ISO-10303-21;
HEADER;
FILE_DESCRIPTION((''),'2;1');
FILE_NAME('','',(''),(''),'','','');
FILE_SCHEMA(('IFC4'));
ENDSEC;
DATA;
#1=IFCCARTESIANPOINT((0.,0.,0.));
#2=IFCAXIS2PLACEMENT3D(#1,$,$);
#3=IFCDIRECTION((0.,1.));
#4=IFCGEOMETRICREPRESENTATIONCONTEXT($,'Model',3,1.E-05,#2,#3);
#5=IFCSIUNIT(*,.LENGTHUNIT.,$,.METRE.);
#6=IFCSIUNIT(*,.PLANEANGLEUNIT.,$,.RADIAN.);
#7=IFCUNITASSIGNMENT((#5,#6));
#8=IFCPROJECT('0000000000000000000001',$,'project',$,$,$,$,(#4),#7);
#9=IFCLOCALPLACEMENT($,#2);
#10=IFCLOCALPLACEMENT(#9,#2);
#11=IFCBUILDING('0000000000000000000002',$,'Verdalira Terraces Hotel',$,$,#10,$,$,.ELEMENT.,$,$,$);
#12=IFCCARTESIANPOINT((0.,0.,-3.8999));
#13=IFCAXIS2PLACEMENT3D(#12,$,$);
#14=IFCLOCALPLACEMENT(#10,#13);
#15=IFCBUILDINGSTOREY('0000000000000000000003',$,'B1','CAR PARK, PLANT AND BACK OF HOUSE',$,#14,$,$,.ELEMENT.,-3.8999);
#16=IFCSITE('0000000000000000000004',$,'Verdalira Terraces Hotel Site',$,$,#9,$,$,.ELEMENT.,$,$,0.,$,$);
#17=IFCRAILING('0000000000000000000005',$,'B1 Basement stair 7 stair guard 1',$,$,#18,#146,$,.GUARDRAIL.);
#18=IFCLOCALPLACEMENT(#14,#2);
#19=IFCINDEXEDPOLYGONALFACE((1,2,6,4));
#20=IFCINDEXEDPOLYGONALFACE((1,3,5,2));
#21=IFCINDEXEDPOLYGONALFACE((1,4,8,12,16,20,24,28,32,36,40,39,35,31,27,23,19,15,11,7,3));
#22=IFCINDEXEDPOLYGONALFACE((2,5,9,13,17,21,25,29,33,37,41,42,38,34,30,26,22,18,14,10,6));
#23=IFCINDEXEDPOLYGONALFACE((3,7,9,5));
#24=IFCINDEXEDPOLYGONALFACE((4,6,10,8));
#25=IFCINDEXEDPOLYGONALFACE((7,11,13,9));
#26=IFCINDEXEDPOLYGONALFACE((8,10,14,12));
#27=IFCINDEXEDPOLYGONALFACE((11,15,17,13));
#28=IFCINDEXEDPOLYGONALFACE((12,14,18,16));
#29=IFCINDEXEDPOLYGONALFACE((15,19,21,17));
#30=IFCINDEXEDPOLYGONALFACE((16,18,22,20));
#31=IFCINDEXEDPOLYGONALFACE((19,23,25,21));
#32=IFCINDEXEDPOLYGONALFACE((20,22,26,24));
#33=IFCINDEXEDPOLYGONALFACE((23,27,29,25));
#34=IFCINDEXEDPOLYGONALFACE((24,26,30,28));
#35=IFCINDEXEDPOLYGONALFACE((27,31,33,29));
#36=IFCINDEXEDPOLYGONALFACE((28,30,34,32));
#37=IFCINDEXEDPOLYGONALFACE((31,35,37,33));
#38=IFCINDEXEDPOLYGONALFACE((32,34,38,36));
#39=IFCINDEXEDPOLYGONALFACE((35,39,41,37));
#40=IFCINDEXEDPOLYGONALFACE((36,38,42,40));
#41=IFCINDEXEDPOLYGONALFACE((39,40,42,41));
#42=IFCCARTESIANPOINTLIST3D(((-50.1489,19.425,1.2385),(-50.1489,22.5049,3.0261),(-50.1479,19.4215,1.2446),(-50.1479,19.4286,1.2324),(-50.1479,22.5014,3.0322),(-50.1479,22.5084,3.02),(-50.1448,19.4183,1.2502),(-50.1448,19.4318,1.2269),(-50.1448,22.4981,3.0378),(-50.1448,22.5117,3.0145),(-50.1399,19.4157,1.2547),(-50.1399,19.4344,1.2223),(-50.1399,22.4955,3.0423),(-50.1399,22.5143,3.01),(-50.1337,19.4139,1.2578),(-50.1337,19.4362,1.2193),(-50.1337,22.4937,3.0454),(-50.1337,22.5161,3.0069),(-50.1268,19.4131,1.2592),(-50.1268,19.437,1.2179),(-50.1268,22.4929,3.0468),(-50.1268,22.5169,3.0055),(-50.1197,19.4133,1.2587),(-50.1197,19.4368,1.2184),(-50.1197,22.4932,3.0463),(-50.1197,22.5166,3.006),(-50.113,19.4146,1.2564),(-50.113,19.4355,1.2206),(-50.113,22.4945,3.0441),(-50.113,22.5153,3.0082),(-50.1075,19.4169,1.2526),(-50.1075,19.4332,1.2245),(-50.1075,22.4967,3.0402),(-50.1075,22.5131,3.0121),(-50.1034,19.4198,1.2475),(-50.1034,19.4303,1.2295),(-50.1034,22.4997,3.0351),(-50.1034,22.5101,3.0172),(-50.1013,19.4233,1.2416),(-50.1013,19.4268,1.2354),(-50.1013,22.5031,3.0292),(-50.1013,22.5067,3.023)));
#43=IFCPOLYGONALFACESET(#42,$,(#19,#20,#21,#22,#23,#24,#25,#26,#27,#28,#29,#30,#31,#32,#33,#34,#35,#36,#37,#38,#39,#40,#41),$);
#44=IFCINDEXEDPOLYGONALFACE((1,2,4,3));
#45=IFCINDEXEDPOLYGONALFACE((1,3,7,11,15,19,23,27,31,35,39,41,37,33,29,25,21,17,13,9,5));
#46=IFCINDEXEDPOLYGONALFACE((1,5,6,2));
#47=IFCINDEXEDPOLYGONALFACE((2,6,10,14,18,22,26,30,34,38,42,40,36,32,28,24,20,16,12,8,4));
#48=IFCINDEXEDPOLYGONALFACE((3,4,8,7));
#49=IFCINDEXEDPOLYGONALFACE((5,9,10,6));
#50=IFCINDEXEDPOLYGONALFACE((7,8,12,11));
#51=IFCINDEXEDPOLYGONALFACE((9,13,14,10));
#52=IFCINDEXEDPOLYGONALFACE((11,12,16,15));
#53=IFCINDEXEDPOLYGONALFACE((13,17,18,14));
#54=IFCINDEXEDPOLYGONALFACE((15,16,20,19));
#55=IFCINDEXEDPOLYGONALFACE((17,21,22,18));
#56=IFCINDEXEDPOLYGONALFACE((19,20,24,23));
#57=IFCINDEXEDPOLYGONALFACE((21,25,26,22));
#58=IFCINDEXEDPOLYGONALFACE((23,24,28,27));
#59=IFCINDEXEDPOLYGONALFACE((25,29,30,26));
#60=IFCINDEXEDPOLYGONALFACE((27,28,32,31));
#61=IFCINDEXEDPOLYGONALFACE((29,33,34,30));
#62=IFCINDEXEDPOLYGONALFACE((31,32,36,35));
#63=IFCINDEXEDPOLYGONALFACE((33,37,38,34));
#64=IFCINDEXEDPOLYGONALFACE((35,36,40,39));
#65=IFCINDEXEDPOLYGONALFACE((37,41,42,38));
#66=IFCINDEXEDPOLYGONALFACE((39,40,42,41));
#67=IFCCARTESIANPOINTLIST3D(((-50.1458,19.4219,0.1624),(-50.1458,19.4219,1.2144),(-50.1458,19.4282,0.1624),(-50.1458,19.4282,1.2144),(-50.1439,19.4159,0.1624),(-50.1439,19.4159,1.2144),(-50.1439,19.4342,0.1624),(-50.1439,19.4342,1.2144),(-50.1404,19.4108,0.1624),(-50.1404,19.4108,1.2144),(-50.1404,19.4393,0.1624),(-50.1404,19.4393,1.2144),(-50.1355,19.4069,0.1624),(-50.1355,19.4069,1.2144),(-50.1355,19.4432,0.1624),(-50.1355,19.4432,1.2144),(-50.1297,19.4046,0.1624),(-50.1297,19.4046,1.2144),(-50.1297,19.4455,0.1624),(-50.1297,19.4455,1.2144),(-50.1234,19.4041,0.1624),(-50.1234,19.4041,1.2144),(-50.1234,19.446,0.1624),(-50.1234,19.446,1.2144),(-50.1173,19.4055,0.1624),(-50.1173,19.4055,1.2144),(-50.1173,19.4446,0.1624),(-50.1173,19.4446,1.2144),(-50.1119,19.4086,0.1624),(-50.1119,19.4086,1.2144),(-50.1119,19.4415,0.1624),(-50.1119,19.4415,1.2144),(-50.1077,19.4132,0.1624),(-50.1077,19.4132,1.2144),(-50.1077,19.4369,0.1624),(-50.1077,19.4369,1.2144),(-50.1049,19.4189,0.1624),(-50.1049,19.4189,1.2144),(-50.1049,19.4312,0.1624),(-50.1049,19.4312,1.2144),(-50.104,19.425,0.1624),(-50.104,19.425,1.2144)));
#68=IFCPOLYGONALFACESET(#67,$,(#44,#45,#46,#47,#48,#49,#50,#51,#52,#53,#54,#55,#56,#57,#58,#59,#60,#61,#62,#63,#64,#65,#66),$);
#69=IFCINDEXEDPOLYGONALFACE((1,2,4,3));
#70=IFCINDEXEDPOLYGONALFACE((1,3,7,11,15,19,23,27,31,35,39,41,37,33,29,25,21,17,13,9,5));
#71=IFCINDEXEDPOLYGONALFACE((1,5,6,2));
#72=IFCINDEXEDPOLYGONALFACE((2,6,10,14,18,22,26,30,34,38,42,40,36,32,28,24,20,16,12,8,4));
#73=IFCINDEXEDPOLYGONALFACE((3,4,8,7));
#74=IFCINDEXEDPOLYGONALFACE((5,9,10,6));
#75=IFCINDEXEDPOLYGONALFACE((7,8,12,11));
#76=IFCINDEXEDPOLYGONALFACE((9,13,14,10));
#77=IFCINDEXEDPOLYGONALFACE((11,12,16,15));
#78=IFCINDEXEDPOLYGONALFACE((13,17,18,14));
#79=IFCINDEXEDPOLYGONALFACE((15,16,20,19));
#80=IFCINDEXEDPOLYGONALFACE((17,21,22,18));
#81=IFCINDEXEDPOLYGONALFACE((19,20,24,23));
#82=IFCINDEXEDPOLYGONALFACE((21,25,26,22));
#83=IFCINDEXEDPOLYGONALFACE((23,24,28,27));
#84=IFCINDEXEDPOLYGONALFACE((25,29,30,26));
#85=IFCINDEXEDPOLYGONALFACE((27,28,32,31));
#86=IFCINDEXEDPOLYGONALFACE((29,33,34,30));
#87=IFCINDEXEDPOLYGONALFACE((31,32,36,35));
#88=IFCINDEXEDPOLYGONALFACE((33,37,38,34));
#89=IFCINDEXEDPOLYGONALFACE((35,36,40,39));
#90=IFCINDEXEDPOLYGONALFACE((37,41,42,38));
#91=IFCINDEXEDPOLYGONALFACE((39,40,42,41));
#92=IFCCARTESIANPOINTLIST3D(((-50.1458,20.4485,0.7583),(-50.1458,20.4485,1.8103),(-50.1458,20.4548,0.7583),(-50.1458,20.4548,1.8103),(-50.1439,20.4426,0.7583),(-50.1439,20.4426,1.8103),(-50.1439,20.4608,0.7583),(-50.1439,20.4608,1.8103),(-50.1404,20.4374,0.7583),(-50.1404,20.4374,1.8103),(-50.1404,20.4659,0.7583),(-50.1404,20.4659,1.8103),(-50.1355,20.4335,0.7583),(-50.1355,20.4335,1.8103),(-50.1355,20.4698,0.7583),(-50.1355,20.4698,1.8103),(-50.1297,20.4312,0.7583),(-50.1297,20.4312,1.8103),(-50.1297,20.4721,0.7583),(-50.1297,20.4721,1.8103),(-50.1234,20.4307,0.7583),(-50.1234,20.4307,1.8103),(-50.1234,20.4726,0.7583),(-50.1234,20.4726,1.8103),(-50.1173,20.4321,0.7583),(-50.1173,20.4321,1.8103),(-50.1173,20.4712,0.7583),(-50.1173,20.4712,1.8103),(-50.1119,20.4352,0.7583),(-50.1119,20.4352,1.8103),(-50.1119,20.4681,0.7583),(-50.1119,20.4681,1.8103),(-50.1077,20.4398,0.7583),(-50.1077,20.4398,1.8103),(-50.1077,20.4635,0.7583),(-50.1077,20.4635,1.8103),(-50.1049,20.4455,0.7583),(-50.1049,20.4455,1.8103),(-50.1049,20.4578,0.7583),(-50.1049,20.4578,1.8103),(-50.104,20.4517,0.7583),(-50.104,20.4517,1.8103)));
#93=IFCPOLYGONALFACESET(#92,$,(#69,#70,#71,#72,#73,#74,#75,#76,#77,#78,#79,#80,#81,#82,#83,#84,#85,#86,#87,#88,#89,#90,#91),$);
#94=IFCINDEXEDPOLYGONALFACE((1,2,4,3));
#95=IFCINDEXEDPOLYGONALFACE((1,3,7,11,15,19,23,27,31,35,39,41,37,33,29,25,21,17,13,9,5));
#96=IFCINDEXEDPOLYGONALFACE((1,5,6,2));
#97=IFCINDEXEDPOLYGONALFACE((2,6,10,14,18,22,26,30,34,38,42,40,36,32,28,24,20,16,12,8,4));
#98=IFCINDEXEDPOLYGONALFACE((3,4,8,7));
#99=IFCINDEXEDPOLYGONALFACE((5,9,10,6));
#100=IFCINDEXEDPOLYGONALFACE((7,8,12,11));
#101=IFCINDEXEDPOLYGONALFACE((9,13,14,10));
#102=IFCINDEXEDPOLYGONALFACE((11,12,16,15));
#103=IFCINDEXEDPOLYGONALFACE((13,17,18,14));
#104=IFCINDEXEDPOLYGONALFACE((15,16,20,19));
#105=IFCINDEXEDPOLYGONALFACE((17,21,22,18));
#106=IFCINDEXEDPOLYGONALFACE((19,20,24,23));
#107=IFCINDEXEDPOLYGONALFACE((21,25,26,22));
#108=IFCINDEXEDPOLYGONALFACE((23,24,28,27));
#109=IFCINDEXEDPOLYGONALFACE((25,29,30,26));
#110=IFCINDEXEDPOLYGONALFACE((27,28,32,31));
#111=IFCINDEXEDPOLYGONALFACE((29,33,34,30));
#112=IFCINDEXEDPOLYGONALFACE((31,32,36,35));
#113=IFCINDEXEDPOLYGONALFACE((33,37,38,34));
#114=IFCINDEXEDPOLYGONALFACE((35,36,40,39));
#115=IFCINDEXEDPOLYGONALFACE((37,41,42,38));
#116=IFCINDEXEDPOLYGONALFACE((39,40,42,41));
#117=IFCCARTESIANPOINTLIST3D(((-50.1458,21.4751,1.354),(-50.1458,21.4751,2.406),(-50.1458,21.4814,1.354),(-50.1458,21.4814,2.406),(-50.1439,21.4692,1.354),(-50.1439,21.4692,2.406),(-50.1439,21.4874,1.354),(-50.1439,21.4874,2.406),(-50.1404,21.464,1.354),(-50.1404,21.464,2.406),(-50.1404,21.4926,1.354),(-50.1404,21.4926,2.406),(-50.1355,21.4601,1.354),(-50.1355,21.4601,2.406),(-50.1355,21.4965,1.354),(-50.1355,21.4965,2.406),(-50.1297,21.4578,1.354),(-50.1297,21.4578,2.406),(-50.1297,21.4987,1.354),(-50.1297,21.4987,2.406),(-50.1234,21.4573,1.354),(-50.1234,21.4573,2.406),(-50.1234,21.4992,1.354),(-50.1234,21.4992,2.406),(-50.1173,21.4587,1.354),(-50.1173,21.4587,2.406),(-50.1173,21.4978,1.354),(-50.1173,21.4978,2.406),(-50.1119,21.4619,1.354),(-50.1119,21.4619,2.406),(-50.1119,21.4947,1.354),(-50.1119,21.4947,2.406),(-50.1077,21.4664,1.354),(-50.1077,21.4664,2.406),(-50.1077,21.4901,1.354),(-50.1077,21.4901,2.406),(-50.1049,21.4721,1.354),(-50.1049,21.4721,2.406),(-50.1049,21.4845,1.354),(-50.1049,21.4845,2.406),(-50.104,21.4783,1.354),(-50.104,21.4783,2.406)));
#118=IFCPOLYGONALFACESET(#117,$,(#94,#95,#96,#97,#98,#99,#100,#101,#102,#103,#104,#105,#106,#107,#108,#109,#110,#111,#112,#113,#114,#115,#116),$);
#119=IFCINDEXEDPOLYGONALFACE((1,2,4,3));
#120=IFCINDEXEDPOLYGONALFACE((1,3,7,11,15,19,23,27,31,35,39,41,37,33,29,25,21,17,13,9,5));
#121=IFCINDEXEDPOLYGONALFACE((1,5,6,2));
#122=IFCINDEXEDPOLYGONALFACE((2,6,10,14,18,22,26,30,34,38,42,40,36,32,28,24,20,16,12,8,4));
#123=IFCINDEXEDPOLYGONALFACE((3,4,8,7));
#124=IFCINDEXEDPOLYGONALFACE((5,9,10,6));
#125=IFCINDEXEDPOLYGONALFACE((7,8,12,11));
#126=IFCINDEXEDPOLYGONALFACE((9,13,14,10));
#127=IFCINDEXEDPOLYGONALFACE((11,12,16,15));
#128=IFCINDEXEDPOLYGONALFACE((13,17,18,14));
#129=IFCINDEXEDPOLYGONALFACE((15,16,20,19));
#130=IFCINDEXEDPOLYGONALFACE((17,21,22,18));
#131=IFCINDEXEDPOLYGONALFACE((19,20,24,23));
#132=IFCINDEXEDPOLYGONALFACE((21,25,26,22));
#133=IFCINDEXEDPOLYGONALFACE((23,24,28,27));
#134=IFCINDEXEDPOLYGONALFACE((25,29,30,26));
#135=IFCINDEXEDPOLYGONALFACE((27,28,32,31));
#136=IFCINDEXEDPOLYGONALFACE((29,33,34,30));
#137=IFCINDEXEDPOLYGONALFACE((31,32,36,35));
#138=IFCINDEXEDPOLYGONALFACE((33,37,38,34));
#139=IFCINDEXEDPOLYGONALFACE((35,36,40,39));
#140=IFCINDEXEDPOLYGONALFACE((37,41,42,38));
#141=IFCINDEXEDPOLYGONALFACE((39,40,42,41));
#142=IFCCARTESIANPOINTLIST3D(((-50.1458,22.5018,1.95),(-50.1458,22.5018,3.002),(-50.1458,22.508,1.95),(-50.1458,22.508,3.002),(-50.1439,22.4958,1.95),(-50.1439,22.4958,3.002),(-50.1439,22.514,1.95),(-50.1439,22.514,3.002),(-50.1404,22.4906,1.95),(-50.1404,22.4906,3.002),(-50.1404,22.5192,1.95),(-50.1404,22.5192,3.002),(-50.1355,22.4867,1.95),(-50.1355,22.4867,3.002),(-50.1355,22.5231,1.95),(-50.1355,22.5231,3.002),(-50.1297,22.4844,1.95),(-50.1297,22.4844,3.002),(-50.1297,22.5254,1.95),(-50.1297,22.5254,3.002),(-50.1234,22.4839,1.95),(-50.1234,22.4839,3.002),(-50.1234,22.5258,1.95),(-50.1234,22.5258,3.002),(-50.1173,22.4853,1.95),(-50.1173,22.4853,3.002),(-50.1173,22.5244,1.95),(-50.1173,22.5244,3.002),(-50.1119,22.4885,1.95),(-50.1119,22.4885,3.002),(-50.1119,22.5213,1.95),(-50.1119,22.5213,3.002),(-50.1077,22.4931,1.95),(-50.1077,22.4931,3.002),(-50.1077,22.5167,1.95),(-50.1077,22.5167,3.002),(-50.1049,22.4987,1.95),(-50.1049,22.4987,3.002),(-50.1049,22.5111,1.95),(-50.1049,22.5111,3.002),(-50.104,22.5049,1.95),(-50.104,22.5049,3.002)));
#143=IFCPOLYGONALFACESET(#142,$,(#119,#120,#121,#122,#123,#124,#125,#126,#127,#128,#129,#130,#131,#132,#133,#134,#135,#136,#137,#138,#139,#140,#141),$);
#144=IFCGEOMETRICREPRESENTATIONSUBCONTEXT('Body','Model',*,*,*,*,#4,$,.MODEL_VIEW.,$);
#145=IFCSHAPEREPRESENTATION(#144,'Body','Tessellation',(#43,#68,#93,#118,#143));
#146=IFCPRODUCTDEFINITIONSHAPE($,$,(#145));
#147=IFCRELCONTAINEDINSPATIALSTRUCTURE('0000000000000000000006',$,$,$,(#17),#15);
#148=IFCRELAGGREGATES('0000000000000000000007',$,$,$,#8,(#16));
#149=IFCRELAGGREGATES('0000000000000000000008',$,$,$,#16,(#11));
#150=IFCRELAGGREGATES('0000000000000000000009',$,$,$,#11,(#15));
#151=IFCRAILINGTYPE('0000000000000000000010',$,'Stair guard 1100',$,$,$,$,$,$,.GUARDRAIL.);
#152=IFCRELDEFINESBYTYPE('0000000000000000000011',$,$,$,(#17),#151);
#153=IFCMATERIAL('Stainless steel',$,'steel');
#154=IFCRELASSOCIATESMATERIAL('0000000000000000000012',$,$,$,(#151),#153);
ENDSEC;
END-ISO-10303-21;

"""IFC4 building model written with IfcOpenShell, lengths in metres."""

from ifc_helpers import new_model, si_unit, direction, frame, origin, origin_2d, place, context, subcontext, project, spatial, circle, extrude, material, type_object, element, save


model = new_model("IFC4")

# Units and contexts
model_context = context("Model", 3, precision=1e-05, world=origin(), true_north=direction((0.0, 1.0)))
body_context = subcontext(model_context, "Body", "Model", "MODEL_VIEW")
ifc_project = project(units=[si_unit("LENGTHUNIT", "METRE"), si_unit("PLANEANGLEUNIT", "RADIAN")], contexts=[model_context])

# Site, building, storey
site_placement = place(None, origin())
site = spatial("IfcSite", under=ifc_project, at=site_placement, Name="Verdalira Terraces Hotel Site", CompositionType="ELEMENT", RefElevation=0.0)
building_placement = place(site_placement, origin())
building = spatial("IfcBuilding", under=site, at=building_placement, Name="Verdalira Terraces Hotel", CompositionType="ELEMENT")
storey_placement = place(building_placement, frame((0.0, 0.0, -3.8999)))
storey = spatial("IfcBuildingStorey", under=building, at=storey_placement, Name="B1", Description="CAR PARK, PLANT AND BACK OF HOUSE", CompositionType="ELEMENT", Elevation=-3.8999)

# Railing
ifc_material_1 = material(Name="Stainless steel", Category="steel")
railing_type_1 = type_object("IfcRailingType", Name="Stair guard 1100", PredefinedType="GUARDRAIL", material=ifc_material_1)
railing_1_placement = place(storey_placement, frame((-50.125, 19.425, 0.1624)))
element("IfcRailing", 1, at=railing_1_placement, inside=storey, type_object=railing_type_1, Name="B1 Basement stair 7 stair guard 1", PredefinedType="GUARDRAIL", context=body_context, shape_type="SweptSolid", body=[
    extrude(circle(Radius=0.0239, at=origin_2d()), frame((0.0, 0.0, 1.0762), z_axis=(0.0, 0.864873, 0.50199), x_axis=(-1.0, 0.0, 0.0)), (0.0, 0.0, 1.0), 3.561),
    extrude(circle(Radius=0.021, at=origin_2d()), origin(), (0.0, 0.0, 1.0), 1.052),
    extrude(circle(Radius=0.021, at=origin_2d()), frame((0.0, 1.0266, 0.5959)), (0.0, 0.0, 1.0), 1.052),
    extrude(circle(Radius=0.021, at=origin_2d()), frame((0.0, 2.0532, 1.1917)), (0.0, 0.0, 1.0), 1.052),
    extrude(circle(Radius=0.021, at=origin_2d()), frame((0.0, 3.0798, 1.7876)), (0.0, 0.0, 1.0), 1.052),
])

save(model, "model.ifc")
